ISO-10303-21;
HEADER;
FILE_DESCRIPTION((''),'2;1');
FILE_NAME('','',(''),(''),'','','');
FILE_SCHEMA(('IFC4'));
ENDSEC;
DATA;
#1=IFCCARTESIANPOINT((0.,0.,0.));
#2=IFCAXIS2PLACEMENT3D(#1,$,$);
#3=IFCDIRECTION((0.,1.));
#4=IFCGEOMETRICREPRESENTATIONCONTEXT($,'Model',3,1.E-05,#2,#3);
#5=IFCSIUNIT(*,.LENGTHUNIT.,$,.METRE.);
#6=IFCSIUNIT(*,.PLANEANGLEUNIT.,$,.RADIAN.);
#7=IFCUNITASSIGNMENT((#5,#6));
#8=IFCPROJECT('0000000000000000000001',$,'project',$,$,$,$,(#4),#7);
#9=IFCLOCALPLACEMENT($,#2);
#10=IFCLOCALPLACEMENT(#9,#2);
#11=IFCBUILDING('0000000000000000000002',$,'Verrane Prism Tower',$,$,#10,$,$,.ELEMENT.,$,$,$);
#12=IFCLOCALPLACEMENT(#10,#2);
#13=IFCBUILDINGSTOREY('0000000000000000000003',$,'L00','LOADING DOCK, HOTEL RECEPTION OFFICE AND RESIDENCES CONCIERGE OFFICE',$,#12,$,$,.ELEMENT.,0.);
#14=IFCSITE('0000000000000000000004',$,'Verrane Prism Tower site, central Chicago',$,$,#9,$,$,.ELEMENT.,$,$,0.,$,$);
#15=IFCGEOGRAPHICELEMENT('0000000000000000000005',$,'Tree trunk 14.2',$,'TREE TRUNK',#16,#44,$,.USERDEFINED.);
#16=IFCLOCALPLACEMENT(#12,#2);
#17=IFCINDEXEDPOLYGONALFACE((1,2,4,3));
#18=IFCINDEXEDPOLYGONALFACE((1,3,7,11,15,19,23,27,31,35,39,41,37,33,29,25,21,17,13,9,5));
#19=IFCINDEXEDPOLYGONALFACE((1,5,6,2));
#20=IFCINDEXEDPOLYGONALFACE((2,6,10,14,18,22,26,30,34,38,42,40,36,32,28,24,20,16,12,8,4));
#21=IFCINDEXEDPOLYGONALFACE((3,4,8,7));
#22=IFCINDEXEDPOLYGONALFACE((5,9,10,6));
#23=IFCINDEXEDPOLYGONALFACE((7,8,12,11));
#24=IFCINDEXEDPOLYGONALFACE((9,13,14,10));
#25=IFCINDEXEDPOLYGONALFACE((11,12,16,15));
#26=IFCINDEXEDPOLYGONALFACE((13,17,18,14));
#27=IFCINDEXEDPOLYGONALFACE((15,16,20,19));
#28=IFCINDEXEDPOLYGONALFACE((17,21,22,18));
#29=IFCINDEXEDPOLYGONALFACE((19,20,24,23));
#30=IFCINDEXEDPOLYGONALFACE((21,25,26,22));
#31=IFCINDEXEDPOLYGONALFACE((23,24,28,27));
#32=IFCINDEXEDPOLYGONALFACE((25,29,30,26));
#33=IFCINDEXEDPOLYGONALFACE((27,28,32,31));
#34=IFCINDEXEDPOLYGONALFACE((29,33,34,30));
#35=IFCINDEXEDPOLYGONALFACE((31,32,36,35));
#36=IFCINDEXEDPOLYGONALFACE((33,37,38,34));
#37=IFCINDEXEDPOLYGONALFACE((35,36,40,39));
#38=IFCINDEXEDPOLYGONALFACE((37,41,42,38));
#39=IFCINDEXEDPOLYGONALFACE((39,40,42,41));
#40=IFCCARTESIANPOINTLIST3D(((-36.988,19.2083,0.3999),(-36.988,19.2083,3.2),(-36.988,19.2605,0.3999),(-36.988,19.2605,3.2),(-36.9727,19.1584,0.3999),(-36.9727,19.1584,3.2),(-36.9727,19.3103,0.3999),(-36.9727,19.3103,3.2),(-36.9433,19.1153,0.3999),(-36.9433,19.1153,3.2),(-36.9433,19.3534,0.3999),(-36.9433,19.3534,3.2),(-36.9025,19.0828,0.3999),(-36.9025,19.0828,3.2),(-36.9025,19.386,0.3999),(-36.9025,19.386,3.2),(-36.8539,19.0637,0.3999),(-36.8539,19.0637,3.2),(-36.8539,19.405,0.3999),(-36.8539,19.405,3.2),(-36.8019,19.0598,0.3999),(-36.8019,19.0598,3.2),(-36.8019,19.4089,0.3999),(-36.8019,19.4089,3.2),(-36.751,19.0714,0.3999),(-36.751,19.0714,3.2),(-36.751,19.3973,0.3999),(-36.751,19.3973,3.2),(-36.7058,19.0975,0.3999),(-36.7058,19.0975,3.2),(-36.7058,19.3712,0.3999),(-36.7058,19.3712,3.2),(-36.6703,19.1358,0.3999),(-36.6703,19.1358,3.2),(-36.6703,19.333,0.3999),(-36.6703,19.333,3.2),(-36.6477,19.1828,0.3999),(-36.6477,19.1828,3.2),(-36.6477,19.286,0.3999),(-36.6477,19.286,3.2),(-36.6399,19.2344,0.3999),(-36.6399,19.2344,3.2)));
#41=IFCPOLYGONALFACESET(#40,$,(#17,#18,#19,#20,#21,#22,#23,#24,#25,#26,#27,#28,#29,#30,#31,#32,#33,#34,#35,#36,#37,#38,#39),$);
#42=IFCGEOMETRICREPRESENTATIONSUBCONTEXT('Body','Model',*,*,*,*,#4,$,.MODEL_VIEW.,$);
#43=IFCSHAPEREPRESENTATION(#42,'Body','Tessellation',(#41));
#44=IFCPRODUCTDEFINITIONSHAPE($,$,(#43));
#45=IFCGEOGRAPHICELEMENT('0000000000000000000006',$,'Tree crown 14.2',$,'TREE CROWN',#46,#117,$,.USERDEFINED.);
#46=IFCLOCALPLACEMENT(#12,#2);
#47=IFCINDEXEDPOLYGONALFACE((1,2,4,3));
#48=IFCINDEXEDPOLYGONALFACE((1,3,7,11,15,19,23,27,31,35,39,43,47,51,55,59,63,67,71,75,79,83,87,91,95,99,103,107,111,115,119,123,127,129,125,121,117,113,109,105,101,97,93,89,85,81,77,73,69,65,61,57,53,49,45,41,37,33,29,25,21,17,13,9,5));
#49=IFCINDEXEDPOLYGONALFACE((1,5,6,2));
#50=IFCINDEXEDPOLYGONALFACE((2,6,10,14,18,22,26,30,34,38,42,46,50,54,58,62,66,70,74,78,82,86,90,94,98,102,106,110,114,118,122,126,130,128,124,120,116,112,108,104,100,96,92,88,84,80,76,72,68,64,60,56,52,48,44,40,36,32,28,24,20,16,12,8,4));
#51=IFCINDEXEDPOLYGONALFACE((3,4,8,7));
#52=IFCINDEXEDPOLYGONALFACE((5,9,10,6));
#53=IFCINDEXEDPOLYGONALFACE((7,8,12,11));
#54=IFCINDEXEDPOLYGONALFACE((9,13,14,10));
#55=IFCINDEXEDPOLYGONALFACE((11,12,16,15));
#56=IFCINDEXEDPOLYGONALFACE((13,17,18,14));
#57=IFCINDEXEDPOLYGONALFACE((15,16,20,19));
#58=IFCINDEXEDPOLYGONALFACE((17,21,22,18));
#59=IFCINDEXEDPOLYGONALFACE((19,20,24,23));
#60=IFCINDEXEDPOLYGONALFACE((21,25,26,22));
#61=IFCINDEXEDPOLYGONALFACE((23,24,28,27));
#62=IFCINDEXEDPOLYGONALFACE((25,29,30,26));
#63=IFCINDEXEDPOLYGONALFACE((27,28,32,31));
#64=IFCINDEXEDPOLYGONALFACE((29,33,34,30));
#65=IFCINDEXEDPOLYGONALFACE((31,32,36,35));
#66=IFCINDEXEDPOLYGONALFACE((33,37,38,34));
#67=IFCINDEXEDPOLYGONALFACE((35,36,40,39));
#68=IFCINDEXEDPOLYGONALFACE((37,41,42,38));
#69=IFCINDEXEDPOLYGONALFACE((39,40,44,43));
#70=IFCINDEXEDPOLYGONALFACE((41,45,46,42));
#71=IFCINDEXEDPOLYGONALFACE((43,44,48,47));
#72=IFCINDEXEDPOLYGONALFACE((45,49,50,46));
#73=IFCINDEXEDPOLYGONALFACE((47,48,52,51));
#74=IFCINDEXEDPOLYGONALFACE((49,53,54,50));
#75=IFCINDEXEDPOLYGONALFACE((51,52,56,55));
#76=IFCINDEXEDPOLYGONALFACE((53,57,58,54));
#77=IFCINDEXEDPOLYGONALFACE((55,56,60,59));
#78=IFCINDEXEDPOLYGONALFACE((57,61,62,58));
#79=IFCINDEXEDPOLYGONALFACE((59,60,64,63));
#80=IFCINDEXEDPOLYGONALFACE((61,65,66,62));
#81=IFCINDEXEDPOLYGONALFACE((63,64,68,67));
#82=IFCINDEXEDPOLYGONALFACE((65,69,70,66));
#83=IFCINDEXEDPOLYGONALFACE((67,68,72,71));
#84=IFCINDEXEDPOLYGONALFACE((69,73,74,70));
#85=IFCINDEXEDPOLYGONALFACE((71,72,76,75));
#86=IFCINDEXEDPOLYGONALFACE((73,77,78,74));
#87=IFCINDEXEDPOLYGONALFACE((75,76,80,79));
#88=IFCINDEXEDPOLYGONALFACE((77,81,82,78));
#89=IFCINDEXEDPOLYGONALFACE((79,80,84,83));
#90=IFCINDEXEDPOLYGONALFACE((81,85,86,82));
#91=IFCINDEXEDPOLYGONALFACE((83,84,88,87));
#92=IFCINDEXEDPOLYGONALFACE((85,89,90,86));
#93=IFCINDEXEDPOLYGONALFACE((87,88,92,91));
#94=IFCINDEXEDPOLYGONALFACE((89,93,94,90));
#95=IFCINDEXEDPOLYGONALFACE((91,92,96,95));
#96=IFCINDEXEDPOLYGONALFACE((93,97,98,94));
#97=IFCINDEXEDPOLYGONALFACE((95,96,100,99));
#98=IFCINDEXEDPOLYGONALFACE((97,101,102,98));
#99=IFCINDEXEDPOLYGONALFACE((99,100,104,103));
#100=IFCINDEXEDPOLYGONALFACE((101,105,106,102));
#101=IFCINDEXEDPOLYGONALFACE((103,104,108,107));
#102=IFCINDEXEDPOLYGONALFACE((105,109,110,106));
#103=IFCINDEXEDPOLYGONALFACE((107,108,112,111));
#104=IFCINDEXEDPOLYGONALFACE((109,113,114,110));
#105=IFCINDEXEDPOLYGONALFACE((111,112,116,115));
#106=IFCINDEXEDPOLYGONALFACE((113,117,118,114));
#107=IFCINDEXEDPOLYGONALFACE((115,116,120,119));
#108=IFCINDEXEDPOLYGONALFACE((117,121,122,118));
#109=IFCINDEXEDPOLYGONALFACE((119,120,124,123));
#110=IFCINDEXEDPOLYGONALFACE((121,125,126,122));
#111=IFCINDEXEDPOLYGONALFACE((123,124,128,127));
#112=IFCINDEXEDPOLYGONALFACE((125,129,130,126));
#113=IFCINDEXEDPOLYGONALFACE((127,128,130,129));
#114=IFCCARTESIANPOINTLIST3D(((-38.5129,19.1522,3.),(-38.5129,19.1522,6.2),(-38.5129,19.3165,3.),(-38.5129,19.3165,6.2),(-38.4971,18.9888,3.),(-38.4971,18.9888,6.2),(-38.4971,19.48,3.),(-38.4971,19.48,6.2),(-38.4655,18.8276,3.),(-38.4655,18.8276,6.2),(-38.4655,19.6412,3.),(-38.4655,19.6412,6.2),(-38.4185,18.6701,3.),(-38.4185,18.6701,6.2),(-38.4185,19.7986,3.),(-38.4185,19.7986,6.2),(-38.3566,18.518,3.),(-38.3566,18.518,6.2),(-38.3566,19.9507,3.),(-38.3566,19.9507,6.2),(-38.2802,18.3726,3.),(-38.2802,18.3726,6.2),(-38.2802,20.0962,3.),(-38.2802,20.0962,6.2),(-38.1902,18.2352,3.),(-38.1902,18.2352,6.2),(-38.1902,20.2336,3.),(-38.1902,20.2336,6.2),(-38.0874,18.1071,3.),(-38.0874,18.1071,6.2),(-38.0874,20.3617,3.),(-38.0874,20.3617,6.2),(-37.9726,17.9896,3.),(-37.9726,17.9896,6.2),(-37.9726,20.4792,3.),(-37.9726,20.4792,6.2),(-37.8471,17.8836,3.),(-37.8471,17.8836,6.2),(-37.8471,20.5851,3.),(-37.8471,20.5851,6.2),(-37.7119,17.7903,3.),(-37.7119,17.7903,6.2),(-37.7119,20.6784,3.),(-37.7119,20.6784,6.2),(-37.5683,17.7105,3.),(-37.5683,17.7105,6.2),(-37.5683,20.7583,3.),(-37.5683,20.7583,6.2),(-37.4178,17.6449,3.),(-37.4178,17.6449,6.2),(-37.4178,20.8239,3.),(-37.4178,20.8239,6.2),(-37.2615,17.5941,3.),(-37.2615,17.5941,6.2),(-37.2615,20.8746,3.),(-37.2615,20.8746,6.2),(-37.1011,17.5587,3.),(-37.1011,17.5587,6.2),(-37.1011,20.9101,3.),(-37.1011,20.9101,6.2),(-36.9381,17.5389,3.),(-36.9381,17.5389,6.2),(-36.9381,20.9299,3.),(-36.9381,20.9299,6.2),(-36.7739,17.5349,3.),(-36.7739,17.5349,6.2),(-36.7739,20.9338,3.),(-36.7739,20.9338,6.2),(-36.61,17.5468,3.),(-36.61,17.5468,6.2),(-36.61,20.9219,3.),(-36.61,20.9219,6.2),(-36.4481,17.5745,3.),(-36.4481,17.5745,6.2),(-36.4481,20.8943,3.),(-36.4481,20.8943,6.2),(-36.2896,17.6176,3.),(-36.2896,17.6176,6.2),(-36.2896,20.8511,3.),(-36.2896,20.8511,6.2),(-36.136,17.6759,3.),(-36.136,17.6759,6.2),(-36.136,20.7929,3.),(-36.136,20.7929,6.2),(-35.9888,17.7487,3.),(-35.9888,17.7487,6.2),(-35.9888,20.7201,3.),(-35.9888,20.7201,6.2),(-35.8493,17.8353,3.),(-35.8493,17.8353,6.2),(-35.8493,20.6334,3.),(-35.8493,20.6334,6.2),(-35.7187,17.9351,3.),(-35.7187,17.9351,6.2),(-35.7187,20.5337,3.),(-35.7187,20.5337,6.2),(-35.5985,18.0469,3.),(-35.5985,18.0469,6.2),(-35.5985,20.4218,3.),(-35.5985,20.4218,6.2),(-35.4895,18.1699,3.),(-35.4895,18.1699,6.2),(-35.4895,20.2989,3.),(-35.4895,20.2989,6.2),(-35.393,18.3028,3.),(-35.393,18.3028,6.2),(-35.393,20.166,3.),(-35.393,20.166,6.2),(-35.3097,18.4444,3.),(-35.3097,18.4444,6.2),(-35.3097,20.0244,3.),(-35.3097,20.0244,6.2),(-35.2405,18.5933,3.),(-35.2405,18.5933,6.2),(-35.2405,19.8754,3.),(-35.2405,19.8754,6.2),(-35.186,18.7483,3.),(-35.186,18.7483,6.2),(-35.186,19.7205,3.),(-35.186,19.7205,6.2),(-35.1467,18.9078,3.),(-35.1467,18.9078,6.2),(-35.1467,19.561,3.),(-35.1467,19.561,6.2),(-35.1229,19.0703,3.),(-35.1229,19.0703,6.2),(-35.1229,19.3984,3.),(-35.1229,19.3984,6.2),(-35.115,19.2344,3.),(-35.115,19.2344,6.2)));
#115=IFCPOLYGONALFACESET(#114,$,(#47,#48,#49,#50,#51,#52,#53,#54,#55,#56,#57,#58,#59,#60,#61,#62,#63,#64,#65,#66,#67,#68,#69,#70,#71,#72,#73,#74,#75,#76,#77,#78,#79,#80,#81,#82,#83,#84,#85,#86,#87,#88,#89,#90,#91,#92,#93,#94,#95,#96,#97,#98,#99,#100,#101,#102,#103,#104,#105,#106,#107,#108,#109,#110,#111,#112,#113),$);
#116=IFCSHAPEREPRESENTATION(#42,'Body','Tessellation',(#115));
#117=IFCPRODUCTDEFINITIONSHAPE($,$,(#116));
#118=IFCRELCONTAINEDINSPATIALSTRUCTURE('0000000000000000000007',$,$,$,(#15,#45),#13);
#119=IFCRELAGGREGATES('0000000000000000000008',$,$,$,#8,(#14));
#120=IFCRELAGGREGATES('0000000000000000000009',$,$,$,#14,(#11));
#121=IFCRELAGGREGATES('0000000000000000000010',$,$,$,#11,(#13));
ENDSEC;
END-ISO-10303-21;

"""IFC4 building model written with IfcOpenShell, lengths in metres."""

from ifc_helpers import new_model, si_unit, direction, frame, origin, origin_2d, place, context, subcontext, project, spatial, circle, extrude, element, save


model = new_model("IFC4")

# Units and contexts
model_context = context("Model", 3, precision=1e-05, world=origin(), true_north=direction((0.0, 1.0)))
body_context = subcontext(model_context, "Body", "Model", "MODEL_VIEW")
ifc_project = project(units=[si_unit("LENGTHUNIT", "METRE"), si_unit("PLANEANGLEUNIT", "RADIAN")], contexts=[model_context])

# Site, building, storey
site_placement = place(None, origin())
site = spatial("IfcSite", under=ifc_project, at=site_placement, Name="Verrane Prism Tower site, central Chicago", CompositionType="ELEMENT", RefElevation=0.0)
building_placement = place(site_placement, origin())
building = spatial("IfcBuilding", under=site, at=building_placement, Name="Verrane Prism Tower", CompositionType="ELEMENT")
storey_placement = place(building_placement, origin())
storey = spatial("IfcBuildingStorey", under=building, at=storey_placement, Name="L00", Description="LOADING DOCK, HOTEL RECEPTION OFFICE AND RESIDENCES CONCIERGE OFFICE", CompositionType="ELEMENT", Elevation=0.0)

# Geographic elements
geographic_element_1_placement = place(storey_placement, frame((-36.8149, 19.2344, 3.2), z_axis=(0.0, 0.0, -1.0), x_axis=(1.0, 0.0, 0.0)))
element("IfcGeographicElement", 1, at=geographic_element_1_placement, inside=storey, Name="Tree trunk 14.2", ObjectType="TREE TRUNK", PredefinedType="USERDEFINED", context=body_context, shape_type="SweptSolid", body=[
    extrude(circle(Radius=0.175, at=origin_2d()), origin(), (0.0, 0.0, 1.0), 2.8),
])
geographic_element_2_placement = place(storey_placement, frame((-36.8149, 19.2344, 6.2), z_axis=(0.0, 0.0, -1.0), x_axis=(1.0, 0.0, 0.0)))
element("IfcGeographicElement", 2, at=geographic_element_2_placement, inside=storey, Name="Tree crown 14.2", ObjectType="TREE CROWN", PredefinedType="USERDEFINED", context=body_context, shape_type="SweptSolid", body=[
    extrude(circle(Radius=1.7, at=origin_2d()), origin(), (0.0, 0.0, 1.0), 3.2),
])

save(model, "model.ifc")
